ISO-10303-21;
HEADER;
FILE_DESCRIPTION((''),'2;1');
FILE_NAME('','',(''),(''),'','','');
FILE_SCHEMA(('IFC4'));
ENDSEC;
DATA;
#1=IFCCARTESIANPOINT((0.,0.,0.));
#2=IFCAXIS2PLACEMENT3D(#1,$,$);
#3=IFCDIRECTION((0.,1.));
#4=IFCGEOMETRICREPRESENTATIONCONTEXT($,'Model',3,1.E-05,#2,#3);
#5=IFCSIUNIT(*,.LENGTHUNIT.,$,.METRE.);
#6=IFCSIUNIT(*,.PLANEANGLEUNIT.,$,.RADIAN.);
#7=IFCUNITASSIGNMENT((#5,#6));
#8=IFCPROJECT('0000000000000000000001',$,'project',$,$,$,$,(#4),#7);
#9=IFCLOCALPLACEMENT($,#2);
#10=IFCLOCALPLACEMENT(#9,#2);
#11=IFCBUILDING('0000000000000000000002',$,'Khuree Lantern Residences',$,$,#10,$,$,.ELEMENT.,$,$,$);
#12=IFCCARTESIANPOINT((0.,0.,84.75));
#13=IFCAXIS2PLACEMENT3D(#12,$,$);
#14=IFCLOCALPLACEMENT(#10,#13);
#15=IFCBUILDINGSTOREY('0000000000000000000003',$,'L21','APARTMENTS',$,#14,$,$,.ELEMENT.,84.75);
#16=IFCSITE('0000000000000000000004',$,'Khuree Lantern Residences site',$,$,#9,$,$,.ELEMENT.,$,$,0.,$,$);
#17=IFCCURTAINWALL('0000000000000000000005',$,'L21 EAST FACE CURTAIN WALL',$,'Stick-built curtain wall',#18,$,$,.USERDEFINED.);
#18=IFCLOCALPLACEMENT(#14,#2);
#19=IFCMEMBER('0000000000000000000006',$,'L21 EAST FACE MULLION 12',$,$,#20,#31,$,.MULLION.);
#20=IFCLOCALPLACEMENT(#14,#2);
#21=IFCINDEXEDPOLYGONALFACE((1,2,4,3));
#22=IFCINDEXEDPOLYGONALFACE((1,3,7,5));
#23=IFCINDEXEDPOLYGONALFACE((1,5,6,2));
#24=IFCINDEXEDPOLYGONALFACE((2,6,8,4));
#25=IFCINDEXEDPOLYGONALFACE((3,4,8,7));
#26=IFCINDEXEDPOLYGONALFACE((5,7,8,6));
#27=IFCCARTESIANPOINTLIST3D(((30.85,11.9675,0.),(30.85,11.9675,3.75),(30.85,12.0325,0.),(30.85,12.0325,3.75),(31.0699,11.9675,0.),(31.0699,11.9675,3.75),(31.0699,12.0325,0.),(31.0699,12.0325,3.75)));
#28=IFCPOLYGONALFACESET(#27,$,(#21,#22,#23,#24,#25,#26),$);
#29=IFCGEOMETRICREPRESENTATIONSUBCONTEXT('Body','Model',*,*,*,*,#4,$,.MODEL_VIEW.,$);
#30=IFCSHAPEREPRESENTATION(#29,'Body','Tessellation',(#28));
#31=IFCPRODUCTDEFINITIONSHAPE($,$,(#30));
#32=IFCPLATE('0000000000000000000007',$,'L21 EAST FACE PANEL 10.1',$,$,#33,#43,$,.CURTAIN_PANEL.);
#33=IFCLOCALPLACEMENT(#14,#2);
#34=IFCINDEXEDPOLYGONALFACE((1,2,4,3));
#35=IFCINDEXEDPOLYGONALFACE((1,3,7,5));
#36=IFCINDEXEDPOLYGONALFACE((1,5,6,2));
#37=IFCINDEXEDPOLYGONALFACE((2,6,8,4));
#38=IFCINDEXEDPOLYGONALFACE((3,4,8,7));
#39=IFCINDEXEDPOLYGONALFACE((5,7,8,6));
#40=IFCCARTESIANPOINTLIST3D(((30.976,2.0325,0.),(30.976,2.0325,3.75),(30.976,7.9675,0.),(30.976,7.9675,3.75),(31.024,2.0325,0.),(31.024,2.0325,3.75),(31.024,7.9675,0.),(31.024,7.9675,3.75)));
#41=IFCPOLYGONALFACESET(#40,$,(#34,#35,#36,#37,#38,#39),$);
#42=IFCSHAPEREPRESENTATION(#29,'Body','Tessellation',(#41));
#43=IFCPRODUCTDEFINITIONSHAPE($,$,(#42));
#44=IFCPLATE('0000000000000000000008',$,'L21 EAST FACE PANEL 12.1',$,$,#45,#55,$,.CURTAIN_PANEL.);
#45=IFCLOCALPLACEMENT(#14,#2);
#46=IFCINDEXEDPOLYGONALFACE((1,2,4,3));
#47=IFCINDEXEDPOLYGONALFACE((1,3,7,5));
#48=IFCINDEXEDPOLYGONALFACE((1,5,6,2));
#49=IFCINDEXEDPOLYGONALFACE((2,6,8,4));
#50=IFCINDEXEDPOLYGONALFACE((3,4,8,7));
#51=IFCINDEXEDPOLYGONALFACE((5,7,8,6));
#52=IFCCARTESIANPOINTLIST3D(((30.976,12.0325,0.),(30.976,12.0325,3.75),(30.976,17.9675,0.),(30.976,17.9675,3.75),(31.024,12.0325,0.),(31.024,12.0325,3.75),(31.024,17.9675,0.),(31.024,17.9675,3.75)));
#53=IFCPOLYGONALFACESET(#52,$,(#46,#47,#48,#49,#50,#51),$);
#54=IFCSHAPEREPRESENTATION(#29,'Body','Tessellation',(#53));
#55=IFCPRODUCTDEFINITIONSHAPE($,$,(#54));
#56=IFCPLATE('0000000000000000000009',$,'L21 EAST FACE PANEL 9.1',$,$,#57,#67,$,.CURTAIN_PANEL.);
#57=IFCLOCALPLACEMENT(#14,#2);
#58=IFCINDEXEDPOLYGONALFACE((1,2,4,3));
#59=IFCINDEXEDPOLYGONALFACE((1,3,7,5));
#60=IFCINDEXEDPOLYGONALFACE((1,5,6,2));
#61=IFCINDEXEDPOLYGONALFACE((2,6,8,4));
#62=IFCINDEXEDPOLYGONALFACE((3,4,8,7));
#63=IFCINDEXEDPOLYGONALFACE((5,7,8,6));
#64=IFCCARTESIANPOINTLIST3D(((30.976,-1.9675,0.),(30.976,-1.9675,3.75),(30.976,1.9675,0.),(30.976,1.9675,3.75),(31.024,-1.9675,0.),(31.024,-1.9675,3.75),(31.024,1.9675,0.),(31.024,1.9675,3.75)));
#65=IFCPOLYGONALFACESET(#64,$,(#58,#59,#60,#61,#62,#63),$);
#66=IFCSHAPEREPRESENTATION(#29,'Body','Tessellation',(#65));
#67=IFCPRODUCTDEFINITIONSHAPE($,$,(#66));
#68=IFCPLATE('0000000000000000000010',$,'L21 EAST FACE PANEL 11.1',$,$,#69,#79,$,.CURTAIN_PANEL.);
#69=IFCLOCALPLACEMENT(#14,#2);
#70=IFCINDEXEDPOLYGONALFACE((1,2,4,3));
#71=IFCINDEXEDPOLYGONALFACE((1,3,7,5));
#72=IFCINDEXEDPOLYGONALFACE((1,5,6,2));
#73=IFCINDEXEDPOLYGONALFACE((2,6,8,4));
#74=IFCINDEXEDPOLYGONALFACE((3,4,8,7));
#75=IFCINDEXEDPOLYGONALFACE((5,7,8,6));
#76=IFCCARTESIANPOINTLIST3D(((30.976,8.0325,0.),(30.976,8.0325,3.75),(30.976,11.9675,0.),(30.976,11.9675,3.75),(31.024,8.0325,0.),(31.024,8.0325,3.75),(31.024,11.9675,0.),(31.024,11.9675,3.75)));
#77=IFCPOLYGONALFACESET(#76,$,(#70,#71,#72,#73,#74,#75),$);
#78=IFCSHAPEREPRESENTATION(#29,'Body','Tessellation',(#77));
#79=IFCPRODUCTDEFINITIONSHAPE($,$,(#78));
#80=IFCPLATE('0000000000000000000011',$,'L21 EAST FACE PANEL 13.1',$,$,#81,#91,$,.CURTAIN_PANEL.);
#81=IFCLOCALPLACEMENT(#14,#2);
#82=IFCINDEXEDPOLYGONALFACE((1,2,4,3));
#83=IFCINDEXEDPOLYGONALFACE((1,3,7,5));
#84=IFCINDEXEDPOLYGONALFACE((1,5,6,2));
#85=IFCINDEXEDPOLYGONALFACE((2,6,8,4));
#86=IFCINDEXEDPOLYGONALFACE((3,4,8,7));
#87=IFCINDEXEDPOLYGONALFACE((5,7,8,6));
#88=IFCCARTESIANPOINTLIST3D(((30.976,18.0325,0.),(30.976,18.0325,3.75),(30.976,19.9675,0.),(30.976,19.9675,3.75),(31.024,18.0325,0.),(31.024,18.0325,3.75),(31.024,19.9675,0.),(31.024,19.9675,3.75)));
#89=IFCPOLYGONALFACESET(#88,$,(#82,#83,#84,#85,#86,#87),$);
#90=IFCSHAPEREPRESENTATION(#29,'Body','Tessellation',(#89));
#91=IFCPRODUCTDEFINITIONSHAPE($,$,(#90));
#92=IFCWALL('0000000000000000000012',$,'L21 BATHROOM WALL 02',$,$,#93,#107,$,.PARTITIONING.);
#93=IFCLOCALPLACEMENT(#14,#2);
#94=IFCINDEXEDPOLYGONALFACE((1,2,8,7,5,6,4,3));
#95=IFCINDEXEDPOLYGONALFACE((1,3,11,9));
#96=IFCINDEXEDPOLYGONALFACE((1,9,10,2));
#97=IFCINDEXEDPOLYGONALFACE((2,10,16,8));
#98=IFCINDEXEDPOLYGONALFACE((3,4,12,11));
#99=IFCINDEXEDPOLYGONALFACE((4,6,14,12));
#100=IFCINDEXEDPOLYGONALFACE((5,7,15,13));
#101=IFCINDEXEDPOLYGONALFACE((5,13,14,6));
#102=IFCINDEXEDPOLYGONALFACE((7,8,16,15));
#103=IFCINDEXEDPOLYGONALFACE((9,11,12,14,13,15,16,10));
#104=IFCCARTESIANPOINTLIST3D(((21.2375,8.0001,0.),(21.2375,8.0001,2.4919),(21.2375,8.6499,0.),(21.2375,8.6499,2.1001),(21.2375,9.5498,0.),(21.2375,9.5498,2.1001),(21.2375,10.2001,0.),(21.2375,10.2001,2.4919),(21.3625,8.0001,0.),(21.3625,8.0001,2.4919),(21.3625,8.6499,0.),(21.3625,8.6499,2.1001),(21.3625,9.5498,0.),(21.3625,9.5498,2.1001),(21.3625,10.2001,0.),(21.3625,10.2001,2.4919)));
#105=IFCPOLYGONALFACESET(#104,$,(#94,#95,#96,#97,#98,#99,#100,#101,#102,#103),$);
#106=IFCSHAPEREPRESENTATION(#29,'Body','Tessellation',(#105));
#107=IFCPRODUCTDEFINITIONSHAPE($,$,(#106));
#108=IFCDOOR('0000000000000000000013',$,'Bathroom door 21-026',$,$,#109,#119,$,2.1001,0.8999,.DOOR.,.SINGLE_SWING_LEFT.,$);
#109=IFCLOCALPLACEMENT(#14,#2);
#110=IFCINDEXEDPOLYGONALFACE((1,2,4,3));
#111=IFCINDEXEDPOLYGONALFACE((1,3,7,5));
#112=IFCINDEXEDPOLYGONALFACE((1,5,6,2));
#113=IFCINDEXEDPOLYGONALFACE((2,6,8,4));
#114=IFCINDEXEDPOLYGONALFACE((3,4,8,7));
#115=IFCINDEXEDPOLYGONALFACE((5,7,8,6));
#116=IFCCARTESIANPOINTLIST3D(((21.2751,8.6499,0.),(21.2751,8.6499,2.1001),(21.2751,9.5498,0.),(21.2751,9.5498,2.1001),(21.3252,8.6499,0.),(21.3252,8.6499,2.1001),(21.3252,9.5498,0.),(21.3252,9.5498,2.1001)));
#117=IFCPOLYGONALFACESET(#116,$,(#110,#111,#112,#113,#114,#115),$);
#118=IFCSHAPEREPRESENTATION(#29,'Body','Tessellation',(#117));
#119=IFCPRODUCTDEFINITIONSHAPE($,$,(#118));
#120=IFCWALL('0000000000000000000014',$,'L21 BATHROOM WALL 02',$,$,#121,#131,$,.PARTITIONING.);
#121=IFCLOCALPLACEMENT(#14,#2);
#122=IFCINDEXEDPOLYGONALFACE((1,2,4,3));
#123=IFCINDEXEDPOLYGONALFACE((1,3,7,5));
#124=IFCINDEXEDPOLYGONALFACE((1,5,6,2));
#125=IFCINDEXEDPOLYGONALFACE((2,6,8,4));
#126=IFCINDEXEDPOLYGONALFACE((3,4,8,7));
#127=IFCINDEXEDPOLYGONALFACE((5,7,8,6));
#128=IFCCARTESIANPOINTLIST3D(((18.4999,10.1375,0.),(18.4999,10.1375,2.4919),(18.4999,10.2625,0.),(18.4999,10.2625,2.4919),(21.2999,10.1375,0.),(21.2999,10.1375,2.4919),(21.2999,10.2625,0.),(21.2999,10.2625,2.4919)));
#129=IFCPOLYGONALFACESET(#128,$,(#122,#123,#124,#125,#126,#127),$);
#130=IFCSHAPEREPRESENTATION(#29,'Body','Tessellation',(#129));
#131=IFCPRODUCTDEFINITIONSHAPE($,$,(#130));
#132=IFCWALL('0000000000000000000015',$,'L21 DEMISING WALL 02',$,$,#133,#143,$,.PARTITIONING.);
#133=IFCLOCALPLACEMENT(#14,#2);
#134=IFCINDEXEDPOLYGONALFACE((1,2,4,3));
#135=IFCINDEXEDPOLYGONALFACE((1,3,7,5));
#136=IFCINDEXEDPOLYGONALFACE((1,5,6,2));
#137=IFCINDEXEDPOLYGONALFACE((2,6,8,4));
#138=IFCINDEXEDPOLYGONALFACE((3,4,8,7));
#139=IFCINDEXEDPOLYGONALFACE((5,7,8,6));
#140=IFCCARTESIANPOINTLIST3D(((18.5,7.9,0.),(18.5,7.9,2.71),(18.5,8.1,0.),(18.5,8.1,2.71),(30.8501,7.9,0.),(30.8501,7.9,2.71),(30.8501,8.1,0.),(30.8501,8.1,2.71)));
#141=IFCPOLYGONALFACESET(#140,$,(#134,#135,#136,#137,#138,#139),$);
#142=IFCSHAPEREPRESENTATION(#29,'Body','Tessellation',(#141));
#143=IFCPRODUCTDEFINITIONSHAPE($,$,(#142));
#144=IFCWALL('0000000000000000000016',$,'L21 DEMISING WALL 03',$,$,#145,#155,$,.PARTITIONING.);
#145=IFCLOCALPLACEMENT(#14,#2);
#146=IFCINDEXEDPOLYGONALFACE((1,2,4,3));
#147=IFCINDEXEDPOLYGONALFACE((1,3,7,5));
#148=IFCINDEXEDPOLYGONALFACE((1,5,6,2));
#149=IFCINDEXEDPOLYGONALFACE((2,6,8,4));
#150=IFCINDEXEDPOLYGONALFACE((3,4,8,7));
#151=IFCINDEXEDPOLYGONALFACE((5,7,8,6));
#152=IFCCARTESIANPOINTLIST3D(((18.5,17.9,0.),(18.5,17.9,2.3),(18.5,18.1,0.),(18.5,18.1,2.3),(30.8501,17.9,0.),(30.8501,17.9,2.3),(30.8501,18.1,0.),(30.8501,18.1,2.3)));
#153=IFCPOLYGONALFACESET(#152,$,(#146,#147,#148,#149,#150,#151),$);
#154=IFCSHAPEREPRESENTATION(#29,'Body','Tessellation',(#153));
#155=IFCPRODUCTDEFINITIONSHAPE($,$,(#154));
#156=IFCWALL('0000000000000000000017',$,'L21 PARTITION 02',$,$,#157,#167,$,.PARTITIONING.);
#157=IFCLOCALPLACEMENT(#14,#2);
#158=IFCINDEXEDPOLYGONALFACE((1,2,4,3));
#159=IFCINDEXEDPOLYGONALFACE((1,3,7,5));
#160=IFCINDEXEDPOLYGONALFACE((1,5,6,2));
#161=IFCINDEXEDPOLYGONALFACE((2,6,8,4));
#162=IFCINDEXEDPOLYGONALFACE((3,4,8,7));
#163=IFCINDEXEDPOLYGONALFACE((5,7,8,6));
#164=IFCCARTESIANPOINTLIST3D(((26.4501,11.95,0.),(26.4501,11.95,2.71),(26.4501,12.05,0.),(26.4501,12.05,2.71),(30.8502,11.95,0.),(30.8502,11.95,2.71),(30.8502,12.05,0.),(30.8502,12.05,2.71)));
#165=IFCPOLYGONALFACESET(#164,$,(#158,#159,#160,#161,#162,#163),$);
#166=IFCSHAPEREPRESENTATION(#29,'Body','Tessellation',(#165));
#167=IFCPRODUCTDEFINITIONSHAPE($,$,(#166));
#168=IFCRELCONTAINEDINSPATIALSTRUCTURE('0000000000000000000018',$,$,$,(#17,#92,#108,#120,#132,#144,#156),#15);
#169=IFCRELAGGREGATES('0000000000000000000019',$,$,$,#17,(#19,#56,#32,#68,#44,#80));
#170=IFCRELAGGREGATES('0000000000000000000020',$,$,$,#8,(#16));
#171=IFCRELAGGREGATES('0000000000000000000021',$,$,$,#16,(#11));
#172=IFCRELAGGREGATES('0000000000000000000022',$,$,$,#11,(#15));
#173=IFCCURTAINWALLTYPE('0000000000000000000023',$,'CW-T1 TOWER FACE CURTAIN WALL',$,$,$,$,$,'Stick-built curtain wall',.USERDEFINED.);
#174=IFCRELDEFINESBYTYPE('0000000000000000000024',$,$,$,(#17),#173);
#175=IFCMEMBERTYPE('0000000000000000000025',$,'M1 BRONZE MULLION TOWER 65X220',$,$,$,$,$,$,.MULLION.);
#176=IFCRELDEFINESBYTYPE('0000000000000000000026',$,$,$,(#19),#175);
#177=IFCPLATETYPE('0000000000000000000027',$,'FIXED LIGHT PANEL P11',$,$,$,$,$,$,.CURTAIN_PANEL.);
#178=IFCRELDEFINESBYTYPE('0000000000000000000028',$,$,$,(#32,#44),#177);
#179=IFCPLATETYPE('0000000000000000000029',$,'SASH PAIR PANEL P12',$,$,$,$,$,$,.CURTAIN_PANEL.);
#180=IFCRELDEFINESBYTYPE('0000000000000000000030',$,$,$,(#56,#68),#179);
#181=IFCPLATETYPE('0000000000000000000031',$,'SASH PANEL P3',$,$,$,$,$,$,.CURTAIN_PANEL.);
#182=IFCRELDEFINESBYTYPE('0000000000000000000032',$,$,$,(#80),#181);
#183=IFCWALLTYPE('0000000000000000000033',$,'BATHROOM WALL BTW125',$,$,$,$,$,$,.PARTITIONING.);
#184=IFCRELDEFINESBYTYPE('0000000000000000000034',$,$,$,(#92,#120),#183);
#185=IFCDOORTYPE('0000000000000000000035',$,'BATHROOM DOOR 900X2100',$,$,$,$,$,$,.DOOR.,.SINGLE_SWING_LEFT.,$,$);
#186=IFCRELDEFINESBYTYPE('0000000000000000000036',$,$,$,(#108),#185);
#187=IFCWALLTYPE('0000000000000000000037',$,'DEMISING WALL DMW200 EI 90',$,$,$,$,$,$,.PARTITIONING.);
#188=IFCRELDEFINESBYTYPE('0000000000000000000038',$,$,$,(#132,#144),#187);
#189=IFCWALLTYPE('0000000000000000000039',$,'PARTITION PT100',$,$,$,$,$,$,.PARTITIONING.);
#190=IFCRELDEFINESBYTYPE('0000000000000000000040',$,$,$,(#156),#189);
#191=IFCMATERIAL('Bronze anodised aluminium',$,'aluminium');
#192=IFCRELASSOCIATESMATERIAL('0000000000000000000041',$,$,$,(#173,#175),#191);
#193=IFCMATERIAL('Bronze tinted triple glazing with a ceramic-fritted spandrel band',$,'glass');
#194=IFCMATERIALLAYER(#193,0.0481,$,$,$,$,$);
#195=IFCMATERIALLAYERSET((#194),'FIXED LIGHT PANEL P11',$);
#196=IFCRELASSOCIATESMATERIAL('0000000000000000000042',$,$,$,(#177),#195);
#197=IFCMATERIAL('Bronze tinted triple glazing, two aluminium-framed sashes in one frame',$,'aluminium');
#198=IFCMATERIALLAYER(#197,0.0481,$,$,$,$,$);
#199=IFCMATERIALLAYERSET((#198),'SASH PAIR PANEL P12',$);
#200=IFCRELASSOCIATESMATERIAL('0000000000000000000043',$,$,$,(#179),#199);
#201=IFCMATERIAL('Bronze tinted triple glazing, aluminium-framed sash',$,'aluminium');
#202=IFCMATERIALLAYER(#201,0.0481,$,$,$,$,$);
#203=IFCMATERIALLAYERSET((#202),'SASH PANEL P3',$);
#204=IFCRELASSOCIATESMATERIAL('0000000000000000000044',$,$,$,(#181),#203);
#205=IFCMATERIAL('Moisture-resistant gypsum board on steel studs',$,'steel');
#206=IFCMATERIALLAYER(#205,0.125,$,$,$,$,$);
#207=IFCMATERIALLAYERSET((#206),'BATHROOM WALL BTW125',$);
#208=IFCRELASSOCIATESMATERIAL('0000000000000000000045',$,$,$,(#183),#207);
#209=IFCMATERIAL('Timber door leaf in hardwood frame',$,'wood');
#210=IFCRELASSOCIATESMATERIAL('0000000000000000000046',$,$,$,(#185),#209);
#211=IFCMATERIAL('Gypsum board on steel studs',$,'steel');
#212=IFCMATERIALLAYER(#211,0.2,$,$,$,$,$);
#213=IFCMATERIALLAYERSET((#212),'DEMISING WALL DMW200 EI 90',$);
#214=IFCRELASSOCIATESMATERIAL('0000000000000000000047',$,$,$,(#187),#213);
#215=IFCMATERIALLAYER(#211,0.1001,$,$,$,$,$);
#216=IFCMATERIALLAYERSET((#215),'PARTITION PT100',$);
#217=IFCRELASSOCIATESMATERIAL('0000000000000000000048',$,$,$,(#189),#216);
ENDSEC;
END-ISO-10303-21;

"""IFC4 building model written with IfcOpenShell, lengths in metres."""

from ifc_helpers import new_model, si_unit, direction, frame, frame_2d, origin, origin_2d, place, context, subcontext, project, spatial, rectangle, extrude, material, layer, layer_set, material_profile, profile_set, type_object, element, fill, aggregate, save


model = new_model("IFC4")

# Units and contexts
model_context = context("Model", 3, precision=1e-05, world=origin(), true_north=direction((0.0, 1.0)))
body_context = subcontext(model_context, "Body", "Model", "MODEL_VIEW")
ifc_project = project(units=[si_unit("LENGTHUNIT", "METRE"), si_unit("PLANEANGLEUNIT", "RADIAN")], contexts=[model_context])

# Site, building, storey
site_placement = place(None, origin())
site = spatial("IfcSite", under=ifc_project, at=site_placement, Name="Khuree Lantern Residences site", CompositionType="ELEMENT", RefElevation=0.0)
building_placement = place(site_placement, origin())
building = spatial("IfcBuilding", under=site, at=building_placement, Name="Khuree Lantern Residences", CompositionType="ELEMENT")
storey_placement = place(building_placement, frame((0.0, 0.0, 84.75)))
storey = spatial("IfcBuildingStorey", under=building, at=storey_placement, Name="L21", Description="APARTMENTS", CompositionType="ELEMENT", Elevation=84.75)

# Curtain wall
ifc_material_1 = material(Name="Bronze anodised aluminium", Category="aluminium")
curtain_wall_type = type_object("IfcCurtainWallType", Name="CW-T1 TOWER FACE CURTAIN WALL", ElementType="Stick-built curtain wall", PredefinedType="USERDEFINED", material=ifc_material_1)
curtain_wall_placement = place(storey_placement, origin())
curtain_wall = element("IfcCurtainWall", 1, at=curtain_wall_placement, inside=storey, type_object=curtain_wall_type, Name="L21 EAST FACE CURTAIN WALL", ObjectType="Stick-built curtain wall", PredefinedType="USERDEFINED")

# Member
ifc_material_profile_1 = material_profile(ifc_material_1, rectangle(XDim=0.0649, YDim=0.22, at=origin_2d()), Name="M1 65X220")
ifc_profile_set_1 = profile_set([ifc_material_profile_1], Name="Bronze anodised aluminium")
member_type_1 = type_object("IfcMemberType", Name="M1 BRONZE MULLION TOWER 65X220", PredefinedType="MULLION", material=ifc_profile_set_1)
member_1_placement = place(storey_placement, frame((30.96, 12.0, 0.0), z_axis=(0.0, 0.0, 1.0), x_axis=(0.0, 1.0, 0.0)))
member_1 = element("IfcMember", 2, at=member_1_placement, type_object=member_type_1, Name="L21 EAST FACE MULLION 12", PredefinedType="MULLION", context=body_context, shape_type="SweptSolid", body=[
    extrude(rectangle(XDim=0.0649, YDim=0.22, at=origin_2d()), origin(), (0.0, 0.0, 1.0), 3.75),
])

# Plates
ifc_material_2 = material(Name="Bronze tinted triple glazing with a ceramic-fritted spandrel band", Category="glass")
ifc_layer_1 = layer(ifc_material_2, 0.0481)
ifc_layer_set_1 = layer_set([ifc_layer_1], Name="FIXED LIGHT PANEL P11")
plate_type_1 = type_object("IfcPlateType", Name="FIXED LIGHT PANEL P11", PredefinedType="CURTAIN_PANEL", material=ifc_layer_set_1)
plate_1_placement = place(storey_placement, frame((31.0, 5.0, 0.0), z_axis=(0.0, 0.0, 1.0), x_axis=(0.0, 1.0, 0.0)))
plate_1 = element("IfcPlate", 3, at=plate_1_placement, type_object=plate_type_1, Name="L21 EAST FACE PANEL 10.1", PredefinedType="CURTAIN_PANEL", context=body_context, shape_type="SweptSolid", body=[
    extrude(rectangle(XDim=5.9351, YDim=0.0481, at=origin_2d()), origin(), (0.0, 0.0, 1.0), 3.75),
])
plate_2_placement = place(storey_placement, frame((31.0, 15.0, 0.0), z_axis=(0.0, 0.0, 1.0), x_axis=(0.0, 1.0, 0.0)))
plate_2 = element("IfcPlate", 4, at=plate_2_placement, type_object=plate_type_1, Name="L21 EAST FACE PANEL 12.1", PredefinedType="CURTAIN_PANEL", context=body_context, shape_type="SweptSolid", body=[
    extrude(rectangle(XDim=5.9351, YDim=0.0481, at=origin_2d()), origin(), (0.0, 0.0, 1.0), 3.75),
])
ifc_material_3 = material(Name="Bronze tinted triple glazing, two aluminium-framed sashes in one frame", Category="aluminium")
ifc_layer_2 = layer(ifc_material_3, 0.0481)
ifc_layer_set_2 = layer_set([ifc_layer_2], Name="SASH PAIR PANEL P12")
plate_type_2 = type_object("IfcPlateType", Name="SASH PAIR PANEL P12", PredefinedType="CURTAIN_PANEL", material=ifc_layer_set_2)
plate_3_placement = place(storey_placement, frame((31.0, 0.0, 0.0), z_axis=(0.0, 0.0, 1.0), x_axis=(0.0, 1.0, 0.0)))
plate_3 = element("IfcPlate", 5, at=plate_3_placement, type_object=plate_type_2, Name="L21 EAST FACE PANEL 9.1", PredefinedType="CURTAIN_PANEL", context=body_context, shape_type="SweptSolid", body=[
    extrude(rectangle(XDim=3.9351, YDim=0.0481, at=origin_2d()), origin(), (0.0, 0.0, 1.0), 3.75),
])
plate_4_placement = place(storey_placement, frame((31.0, 10.0, 0.0), z_axis=(0.0, 0.0, 1.0), x_axis=(0.0, 1.0, 0.0)))
plate_4 = element("IfcPlate", 6, at=plate_4_placement, type_object=plate_type_2, Name="L21 EAST FACE PANEL 11.1", PredefinedType="CURTAIN_PANEL", context=body_context, shape_type="SweptSolid", body=[
    extrude(rectangle(XDim=3.9351, YDim=0.0481, at=origin_2d()), origin(), (0.0, 0.0, 1.0), 3.75),
])
ifc_material_4 = material(Name="Bronze tinted triple glazing, aluminium-framed sash", Category="aluminium")
ifc_layer_3 = layer(ifc_material_4, 0.0481)
ifc_layer_set_3 = layer_set([ifc_layer_3], Name="SASH PANEL P3")
plate_type_3 = type_object("IfcPlateType", Name="SASH PANEL P3", PredefinedType="CURTAIN_PANEL", material=ifc_layer_set_3)
plate_5_placement = place(storey_placement, frame((31.0, 19.0, 0.0), z_axis=(0.0, 0.0, 1.0), x_axis=(0.0, 1.0, 0.0)))
plate_5 = element("IfcPlate", 7, at=plate_5_placement, type_object=plate_type_3, Name="L21 EAST FACE PANEL 13.1", PredefinedType="CURTAIN_PANEL", context=body_context, shape_type="SweptSolid", body=[
    extrude(rectangle(XDim=1.9351, YDim=0.0481, at=origin_2d()), origin(), (0.0, 0.0, 1.0), 3.75),
])
aggregate(curtain_wall, [member_1, plate_3, plate_1, plate_4, plate_2, plate_5])

# Wall, opening, door
ifc_material_5 = material(Name="Moisture-resistant gypsum board on steel studs", Category="steel")
ifc_layer_4 = layer(ifc_material_5, 0.125)
ifc_layer_set_4 = layer_set([ifc_layer_4], Name="BATHROOM WALL BTW125")
wall_type_1 = type_object("IfcWallType", Name="BATHROOM WALL BTW125", PredefinedType="PARTITIONING", material=ifc_layer_set_4)
wall_1_placement = place(storey_placement, frame((21.3, 8.0, 0.0), z_axis=(0.0, 0.0, 1.0), x_axis=(0.0, 1.0, 0.0)))
wall_1 = element("IfcWall", 8, at=wall_1_placement, inside=storey, type_object=wall_type_1, Name="L21 BATHROOM WALL 02", PredefinedType="PARTITIONING", context=body_context, shape_type="SweptSolid", body=[
    extrude(rectangle(XDim=2.2, YDim=0.125, at=frame_2d((1.1001, 0.0))), origin(), (0.0, 0.0, 1.0), 2.4919),
])
opening_1_placement = place(wall_1_placement, frame((0.6499, 0.0, 0.0)))
opening_1 = element("IfcOpeningElement", 9, at=opening_1_placement, cuts=wall_1, PredefinedType="OPENING", context=body_context, shape_type="SweptSolid", body=[
    extrude(rectangle(XDim=0.8999, YDim=2.1001, at=frame_2d((0.45, 1.05))), frame((0.0, 0.0725, 0.0), z_axis=(0.0, -1.0, 0.0), x_axis=(1.0, 0.0, 0.0)), (0.0, 0.0, 1.0), 0.145),
])
ifc_material_6 = material(Name="Timber door leaf in hardwood frame", Category="wood")
door_type_1 = type_object("IfcDoorType", Name="BATHROOM DOOR 900X2100", OperationType="SINGLE_SWING_LEFT", PredefinedType="DOOR", material=ifc_material_6)
door_1_placement = place(opening_1_placement, origin())
door_1 = element("IfcDoor", 10, at=door_1_placement, inside=storey, type_object=door_type_1, Name="Bathroom door 21-026", OperationType="SINGLE_SWING_LEFT", OverallHeight=2.1001, OverallWidth=0.8999, PredefinedType="DOOR", context=body_context, shape_type="SweptSolid", body=[
    extrude(rectangle(XDim=0.8999, YDim=2.1001, at=frame_2d((0.45, 1.05))), frame((0.0, 0.0249, 0.0), z_axis=(0.0, -1.0, 0.0), x_axis=(1.0, 0.0, 0.0)), (0.0, 0.0, 1.0), 0.05),
])
fill(opening_1, door_1)

# Walls
wall_2_placement = place(storey_placement, frame((18.5, 10.2, 0.0), z_axis=(0.0, 0.0, 1.0), x_axis=(1.0, 0.0, 0.0)))
element("IfcWall", 11, at=wall_2_placement, inside=storey, type_object=wall_type_1, Name="L21 BATHROOM WALL 02", PredefinedType="PARTITIONING", context=body_context, shape_type="SweptSolid", body=[
    extrude(rectangle(XDim=2.8, YDim=0.125, at=frame_2d((1.3999, 0.0))), origin(), (0.0, 0.0, 1.0), 2.4919),
])
ifc_material_7 = material(Name="Gypsum board on steel studs", Category="steel")
ifc_layer_5 = layer(ifc_material_7, 0.2)
ifc_layer_set_5 = layer_set([ifc_layer_5], Name="DEMISING WALL DMW200 EI 90")
wall_type_2 = type_object("IfcWallType", Name="DEMISING WALL DMW200 EI 90", PredefinedType="PARTITIONING", material=ifc_layer_set_5)
wall_3_placement = place(storey_placement, frame((18.5, 8.0, 0.0), z_axis=(0.0, 0.0, 1.0), x_axis=(1.0, 0.0, 0.0)))
element("IfcWall", 12, at=wall_3_placement, inside=storey, type_object=wall_type_2, Name="L21 DEMISING WALL 02", PredefinedType="PARTITIONING", context=body_context, shape_type="SweptSolid", body=[
    extrude(rectangle(XDim=12.3501, YDim=0.2, at=frame_2d((6.175, 0.0))), origin(), (0.0, 0.0, 1.0), 2.71),
])
wall_4_placement = place(storey_placement, frame((18.5, 18.0, 0.0), z_axis=(0.0, 0.0, 1.0), x_axis=(1.0, 0.0, 0.0)))
element("IfcWall", 13, at=wall_4_placement, inside=storey, type_object=wall_type_2, Name="L21 DEMISING WALL 03", PredefinedType="PARTITIONING", context=body_context, shape_type="SweptSolid", body=[
    extrude(rectangle(XDim=12.3501, YDim=0.2, at=frame_2d((6.175, 0.0))), origin(), (0.0, 0.0, 1.0), 2.3),
])
ifc_layer_6 = layer(ifc_material_7, 0.1001)
ifc_layer_set_6 = layer_set([ifc_layer_6], Name="PARTITION PT100")
wall_type_3 = type_object("IfcWallType", Name="PARTITION PT100", PredefinedType="PARTITIONING", material=ifc_layer_set_6)
wall_5_placement = place(storey_placement, frame((26.45, 12.0, 0.0), z_axis=(0.0, 0.0, 1.0), x_axis=(1.0, 0.0, 0.0)))
element("IfcWall", 14, at=wall_5_placement, inside=storey, type_object=wall_type_3, Name="L21 PARTITION 02", PredefinedType="PARTITIONING", context=body_context, shape_type="SweptSolid", body=[
    extrude(rectangle(XDim=4.4001, YDim=0.1001, at=frame_2d((2.2002, 0.0))), origin(), (0.0, 0.0, 1.0), 2.71),
])

save(model, "model.ifc")
